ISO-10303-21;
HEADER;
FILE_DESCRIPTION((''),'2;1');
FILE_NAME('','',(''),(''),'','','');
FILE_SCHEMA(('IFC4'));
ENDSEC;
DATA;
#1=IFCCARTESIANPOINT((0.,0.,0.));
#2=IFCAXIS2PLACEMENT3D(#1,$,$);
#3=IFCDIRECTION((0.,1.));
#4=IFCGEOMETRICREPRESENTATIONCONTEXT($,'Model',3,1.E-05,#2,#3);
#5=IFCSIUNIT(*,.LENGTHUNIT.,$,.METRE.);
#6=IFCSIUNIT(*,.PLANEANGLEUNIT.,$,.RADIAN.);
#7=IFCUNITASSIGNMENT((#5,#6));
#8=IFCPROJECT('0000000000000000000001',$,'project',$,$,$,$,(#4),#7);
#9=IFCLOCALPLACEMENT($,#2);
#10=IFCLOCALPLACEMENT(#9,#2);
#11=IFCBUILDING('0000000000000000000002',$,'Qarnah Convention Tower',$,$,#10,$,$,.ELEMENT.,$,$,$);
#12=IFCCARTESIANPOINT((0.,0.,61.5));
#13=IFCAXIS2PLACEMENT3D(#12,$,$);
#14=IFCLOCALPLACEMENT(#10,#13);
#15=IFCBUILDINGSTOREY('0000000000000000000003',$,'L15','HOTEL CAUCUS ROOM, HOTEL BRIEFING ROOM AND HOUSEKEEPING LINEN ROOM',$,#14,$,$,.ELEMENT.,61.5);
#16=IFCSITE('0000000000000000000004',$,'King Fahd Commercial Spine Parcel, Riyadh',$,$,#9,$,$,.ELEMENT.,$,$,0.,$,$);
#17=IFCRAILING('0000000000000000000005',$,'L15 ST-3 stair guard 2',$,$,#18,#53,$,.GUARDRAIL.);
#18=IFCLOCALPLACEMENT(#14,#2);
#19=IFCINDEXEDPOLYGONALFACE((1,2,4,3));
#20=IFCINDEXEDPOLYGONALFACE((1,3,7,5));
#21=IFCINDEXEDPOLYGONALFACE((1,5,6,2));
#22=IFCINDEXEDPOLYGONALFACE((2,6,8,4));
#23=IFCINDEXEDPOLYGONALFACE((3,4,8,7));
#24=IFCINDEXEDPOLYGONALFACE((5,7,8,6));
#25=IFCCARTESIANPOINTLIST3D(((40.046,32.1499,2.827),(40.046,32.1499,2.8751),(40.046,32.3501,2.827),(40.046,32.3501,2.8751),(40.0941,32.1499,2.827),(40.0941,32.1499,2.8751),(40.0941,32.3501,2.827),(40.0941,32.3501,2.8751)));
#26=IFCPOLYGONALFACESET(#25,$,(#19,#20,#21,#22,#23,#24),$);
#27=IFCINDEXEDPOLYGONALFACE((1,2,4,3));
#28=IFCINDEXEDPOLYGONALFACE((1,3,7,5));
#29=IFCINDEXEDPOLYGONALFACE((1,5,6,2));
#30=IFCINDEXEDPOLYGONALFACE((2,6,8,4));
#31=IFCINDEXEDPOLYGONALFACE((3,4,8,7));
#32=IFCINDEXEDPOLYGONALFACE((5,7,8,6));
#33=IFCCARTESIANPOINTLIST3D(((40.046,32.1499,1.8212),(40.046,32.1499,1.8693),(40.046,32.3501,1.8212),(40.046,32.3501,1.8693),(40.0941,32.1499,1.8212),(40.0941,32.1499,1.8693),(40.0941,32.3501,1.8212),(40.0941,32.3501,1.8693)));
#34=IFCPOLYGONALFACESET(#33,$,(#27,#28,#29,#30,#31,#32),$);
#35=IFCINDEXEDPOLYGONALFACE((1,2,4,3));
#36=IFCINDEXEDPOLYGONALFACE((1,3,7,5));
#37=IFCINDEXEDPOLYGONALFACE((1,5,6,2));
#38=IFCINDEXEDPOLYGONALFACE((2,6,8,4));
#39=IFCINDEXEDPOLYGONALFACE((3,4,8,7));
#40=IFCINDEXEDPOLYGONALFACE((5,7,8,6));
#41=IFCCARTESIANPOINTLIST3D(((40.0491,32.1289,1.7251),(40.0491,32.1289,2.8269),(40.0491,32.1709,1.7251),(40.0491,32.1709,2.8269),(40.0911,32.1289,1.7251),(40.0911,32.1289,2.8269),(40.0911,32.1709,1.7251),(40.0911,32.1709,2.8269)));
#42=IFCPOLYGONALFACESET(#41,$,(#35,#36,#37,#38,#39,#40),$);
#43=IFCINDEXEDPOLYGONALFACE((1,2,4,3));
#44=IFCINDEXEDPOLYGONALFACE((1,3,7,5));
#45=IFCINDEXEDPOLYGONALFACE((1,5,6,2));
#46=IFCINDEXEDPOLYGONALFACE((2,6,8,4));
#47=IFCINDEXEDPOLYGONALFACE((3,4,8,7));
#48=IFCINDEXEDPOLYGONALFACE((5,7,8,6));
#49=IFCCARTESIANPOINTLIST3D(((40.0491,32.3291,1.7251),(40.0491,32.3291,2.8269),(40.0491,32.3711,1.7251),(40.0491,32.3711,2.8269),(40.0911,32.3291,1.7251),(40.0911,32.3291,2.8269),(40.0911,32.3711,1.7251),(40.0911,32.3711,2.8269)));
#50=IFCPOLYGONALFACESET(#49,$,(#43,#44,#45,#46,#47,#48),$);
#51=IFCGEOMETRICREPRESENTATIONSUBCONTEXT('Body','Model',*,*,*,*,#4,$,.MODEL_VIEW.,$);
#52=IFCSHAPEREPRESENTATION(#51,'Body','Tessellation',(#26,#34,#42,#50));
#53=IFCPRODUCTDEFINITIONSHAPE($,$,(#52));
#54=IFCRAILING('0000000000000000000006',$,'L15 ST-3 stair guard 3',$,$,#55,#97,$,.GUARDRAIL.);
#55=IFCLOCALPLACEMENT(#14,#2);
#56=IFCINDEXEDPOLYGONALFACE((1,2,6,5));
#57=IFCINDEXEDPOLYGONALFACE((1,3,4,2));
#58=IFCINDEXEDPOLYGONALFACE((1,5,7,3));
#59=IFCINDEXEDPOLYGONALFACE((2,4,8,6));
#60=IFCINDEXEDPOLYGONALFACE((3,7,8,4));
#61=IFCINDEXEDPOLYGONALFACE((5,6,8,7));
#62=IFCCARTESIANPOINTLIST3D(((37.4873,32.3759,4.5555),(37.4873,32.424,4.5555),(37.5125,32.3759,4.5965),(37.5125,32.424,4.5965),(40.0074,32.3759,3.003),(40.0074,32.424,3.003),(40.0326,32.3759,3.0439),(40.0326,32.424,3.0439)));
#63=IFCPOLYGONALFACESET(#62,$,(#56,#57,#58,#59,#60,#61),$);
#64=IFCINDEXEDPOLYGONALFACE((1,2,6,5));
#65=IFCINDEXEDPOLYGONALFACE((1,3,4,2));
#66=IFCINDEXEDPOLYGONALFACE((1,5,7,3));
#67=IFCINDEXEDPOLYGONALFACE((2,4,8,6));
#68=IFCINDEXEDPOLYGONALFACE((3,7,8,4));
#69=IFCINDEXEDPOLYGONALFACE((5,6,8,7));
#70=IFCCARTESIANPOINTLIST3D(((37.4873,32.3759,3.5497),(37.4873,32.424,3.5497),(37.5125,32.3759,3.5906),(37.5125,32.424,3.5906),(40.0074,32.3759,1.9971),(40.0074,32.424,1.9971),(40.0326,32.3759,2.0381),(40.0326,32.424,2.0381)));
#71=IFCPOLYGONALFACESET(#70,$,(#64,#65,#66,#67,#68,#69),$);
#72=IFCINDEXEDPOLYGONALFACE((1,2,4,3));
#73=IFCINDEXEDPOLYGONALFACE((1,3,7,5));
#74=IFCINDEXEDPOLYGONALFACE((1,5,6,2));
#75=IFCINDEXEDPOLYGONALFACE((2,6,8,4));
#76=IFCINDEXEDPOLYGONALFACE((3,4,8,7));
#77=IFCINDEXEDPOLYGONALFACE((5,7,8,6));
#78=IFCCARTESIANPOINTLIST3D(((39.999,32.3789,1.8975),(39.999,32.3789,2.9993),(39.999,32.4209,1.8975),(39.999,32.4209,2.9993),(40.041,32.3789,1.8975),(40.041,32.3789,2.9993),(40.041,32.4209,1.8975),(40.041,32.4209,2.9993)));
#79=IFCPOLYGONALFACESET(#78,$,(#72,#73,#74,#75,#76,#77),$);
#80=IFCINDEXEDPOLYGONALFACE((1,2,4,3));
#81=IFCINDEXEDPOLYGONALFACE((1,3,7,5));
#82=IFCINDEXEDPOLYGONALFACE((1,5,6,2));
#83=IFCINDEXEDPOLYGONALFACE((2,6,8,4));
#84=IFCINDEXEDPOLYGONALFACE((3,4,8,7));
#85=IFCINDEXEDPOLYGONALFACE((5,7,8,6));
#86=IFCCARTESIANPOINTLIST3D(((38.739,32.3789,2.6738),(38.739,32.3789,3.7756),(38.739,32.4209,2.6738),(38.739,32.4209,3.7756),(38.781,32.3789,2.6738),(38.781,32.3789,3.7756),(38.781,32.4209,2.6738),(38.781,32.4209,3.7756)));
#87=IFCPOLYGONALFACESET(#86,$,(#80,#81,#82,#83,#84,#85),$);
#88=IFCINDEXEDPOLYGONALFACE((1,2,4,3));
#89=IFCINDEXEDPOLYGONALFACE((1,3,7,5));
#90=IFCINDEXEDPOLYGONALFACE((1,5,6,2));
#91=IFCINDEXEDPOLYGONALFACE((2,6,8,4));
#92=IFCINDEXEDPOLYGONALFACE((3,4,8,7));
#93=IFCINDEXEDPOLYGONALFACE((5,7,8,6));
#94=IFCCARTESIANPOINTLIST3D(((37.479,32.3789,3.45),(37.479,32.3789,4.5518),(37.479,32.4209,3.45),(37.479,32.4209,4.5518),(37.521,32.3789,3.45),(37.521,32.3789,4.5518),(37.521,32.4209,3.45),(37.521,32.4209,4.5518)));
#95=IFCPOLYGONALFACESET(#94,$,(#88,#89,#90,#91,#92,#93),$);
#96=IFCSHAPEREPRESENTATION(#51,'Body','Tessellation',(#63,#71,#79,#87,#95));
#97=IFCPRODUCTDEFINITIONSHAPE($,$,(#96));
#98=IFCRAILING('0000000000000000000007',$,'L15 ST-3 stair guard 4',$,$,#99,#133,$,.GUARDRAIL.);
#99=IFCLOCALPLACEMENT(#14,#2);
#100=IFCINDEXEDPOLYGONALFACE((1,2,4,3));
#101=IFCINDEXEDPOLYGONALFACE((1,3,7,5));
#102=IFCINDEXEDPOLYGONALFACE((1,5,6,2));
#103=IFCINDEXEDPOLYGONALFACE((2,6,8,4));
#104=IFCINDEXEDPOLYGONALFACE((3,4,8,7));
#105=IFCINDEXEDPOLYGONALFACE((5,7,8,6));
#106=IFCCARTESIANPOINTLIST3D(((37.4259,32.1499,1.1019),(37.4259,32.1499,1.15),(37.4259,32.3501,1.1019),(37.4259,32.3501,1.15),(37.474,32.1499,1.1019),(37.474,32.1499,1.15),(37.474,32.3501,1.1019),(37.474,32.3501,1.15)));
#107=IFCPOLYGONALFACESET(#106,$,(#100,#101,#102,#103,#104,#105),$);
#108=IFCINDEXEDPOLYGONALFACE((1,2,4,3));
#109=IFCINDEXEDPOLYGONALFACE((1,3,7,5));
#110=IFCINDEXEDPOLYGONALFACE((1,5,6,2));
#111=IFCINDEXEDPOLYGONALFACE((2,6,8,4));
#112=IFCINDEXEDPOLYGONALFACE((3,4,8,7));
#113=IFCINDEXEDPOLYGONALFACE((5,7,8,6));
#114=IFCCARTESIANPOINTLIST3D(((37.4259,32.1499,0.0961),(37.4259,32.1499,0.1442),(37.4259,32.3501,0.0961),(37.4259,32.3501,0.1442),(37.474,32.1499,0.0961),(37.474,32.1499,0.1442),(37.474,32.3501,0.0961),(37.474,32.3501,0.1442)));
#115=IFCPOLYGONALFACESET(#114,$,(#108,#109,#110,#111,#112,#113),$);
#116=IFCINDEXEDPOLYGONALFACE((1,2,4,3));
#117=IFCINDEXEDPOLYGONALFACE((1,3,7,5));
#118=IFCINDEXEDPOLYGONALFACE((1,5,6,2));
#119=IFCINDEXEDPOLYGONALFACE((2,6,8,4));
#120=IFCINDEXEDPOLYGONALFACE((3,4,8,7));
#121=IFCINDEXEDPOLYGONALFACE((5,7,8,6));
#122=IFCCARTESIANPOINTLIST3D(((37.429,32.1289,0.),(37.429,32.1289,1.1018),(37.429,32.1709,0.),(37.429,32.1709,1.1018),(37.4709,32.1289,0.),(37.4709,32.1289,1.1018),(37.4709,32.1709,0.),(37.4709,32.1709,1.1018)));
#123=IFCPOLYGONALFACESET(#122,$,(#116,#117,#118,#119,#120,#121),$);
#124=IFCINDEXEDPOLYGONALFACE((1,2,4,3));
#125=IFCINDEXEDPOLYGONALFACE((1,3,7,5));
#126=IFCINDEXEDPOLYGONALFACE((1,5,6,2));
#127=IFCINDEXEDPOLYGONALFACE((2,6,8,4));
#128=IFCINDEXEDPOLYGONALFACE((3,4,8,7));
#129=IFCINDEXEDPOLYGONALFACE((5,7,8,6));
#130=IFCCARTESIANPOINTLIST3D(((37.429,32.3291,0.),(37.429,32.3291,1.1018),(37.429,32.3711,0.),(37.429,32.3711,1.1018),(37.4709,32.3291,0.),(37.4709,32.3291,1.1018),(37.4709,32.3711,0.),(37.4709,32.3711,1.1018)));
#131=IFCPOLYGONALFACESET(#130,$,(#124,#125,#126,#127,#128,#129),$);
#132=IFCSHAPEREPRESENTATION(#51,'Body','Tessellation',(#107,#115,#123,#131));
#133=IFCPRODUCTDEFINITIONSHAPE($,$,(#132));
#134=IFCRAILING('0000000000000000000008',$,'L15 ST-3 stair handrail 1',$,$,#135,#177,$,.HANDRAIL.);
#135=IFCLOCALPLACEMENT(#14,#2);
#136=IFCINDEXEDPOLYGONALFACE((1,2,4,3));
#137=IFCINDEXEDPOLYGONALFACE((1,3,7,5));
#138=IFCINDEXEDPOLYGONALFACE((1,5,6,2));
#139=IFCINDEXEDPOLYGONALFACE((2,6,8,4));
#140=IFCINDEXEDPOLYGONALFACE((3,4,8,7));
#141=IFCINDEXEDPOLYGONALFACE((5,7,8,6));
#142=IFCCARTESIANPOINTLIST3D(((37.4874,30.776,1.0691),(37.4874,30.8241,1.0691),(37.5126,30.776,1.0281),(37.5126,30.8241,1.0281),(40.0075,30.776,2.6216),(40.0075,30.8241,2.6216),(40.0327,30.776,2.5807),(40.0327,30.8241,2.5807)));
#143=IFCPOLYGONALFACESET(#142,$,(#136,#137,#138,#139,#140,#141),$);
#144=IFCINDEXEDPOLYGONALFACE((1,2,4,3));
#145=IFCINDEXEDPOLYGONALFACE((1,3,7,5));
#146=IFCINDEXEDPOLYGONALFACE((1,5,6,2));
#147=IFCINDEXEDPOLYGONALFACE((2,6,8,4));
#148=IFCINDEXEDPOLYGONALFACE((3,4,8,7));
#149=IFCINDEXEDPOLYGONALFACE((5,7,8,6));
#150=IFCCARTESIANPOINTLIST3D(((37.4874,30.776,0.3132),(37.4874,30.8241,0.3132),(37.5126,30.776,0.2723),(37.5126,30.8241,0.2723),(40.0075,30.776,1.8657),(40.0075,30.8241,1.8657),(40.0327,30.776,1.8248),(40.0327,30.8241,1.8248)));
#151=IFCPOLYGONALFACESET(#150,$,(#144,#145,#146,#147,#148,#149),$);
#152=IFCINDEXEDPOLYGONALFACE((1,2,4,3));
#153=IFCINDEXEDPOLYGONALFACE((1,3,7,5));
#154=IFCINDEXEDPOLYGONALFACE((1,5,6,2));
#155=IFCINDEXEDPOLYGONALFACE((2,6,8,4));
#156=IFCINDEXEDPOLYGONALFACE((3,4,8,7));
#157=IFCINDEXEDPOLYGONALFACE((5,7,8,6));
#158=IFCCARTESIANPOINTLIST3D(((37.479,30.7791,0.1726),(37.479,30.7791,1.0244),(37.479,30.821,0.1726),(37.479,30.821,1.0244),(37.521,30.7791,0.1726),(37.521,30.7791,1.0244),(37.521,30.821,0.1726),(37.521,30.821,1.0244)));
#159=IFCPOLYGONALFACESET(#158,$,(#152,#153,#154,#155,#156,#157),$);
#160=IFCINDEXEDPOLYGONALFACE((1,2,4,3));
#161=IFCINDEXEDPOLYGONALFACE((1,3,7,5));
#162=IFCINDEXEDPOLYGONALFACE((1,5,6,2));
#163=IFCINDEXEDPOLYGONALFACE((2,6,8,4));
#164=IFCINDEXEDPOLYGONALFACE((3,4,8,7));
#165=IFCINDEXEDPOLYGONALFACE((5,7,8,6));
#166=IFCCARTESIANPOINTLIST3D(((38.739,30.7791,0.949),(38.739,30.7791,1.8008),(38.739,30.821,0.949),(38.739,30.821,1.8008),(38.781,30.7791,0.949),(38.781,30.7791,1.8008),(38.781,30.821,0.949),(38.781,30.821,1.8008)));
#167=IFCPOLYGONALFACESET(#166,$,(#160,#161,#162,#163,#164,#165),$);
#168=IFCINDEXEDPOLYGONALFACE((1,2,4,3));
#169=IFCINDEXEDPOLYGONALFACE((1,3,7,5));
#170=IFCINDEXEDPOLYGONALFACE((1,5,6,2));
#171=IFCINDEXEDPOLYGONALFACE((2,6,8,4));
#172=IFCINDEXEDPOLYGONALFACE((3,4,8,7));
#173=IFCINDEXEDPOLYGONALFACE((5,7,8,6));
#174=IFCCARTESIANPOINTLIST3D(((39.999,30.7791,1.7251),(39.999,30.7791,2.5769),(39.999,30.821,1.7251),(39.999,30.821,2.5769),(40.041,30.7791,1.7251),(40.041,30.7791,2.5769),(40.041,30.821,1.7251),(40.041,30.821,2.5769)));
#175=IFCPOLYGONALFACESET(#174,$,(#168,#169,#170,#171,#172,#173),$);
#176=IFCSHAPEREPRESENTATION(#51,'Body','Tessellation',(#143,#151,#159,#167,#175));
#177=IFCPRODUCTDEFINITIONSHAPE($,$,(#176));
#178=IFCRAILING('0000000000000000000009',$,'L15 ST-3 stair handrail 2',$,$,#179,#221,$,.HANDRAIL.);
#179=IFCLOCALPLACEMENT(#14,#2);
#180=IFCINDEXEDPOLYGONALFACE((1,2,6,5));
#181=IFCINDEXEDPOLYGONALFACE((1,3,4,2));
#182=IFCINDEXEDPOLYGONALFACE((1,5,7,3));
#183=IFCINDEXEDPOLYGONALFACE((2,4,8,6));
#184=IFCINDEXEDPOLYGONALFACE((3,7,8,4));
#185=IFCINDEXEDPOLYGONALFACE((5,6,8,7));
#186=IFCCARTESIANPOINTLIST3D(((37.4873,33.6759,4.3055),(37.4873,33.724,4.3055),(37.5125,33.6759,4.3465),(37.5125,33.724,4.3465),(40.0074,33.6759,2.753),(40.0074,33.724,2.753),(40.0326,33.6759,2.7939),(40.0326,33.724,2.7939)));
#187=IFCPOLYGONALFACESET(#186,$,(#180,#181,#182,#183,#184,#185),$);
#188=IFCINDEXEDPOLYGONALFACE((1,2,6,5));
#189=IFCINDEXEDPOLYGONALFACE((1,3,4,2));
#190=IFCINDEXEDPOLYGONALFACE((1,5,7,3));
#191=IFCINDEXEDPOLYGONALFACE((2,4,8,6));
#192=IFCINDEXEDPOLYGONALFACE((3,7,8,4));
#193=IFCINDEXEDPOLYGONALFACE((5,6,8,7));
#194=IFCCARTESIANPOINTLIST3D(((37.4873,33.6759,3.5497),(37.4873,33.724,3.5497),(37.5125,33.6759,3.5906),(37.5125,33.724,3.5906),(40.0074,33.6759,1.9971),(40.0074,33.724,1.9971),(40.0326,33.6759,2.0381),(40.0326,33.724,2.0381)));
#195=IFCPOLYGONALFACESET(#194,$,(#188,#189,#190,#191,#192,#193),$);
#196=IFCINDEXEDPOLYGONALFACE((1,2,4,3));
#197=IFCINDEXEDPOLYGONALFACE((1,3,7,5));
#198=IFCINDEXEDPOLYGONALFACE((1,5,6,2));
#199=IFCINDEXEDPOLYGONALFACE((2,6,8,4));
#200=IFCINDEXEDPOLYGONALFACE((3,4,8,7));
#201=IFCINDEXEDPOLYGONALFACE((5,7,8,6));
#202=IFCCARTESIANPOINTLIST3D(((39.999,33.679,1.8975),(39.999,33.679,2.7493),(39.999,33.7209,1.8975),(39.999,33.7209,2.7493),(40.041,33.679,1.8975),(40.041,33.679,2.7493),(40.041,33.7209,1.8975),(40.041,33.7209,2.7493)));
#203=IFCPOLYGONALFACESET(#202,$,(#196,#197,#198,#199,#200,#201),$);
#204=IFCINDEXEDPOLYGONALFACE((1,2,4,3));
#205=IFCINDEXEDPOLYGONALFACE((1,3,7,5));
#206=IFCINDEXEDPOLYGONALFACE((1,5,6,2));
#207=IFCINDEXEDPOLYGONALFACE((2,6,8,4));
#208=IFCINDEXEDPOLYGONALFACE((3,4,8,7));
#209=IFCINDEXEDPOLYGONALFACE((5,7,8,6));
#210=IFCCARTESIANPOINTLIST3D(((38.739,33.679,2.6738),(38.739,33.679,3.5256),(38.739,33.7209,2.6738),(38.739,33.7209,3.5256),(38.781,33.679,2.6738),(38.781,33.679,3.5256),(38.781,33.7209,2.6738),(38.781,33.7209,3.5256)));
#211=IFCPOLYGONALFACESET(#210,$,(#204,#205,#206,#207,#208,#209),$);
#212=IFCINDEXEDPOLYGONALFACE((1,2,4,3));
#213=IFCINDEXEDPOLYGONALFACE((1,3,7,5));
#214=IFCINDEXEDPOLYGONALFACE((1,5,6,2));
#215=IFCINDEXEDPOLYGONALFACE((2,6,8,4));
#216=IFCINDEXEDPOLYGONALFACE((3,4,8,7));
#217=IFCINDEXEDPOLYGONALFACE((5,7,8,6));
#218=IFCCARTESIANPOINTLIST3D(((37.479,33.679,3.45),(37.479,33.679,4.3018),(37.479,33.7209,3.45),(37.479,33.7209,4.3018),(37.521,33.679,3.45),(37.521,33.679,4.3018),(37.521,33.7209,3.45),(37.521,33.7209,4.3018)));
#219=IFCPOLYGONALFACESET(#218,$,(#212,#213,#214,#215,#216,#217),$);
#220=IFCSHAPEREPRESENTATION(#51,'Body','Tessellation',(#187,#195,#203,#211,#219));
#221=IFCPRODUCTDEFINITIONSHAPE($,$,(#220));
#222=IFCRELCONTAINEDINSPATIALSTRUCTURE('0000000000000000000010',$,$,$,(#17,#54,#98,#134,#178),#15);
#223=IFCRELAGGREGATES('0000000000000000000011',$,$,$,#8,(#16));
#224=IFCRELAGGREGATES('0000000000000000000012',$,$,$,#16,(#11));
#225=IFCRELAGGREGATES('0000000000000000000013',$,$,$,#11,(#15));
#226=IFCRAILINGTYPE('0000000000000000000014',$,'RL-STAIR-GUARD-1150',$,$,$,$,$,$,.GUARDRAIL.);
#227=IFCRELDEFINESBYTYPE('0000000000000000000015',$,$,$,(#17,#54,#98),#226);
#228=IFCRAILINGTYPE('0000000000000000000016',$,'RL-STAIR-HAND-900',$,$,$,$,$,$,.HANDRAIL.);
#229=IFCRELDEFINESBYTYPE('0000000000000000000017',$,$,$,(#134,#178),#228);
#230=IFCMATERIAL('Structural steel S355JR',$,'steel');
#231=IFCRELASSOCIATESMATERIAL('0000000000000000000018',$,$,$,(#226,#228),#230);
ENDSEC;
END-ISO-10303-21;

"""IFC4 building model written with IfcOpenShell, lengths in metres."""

from ifc_helpers import new_model, si_unit, direction, frame, origin, origin_2d, place, context, subcontext, project, spatial, rectangle, extrude, material, type_object, element, save


model = new_model("IFC4")

# Units and contexts
model_context = context("Model", 3, precision=1e-05, world=origin(), true_north=direction((0.0, 1.0)))
body_context = subcontext(model_context, "Body", "Model", "MODEL_VIEW")
ifc_project = project(units=[si_unit("LENGTHUNIT", "METRE"), si_unit("PLANEANGLEUNIT", "RADIAN")], contexts=[model_context])

# Site, building, storey
site_placement = place(None, origin())
site = spatial("IfcSite", under=ifc_project, at=site_placement, Name="King Fahd Commercial Spine Parcel, Riyadh", CompositionType="ELEMENT", RefElevation=0.0)
building_placement = place(site_placement, origin())
building = spatial("IfcBuilding", under=site, at=building_placement, Name="Qarnah Convention Tower", CompositionType="ELEMENT")
storey_placement = place(building_placement, frame((0.0, 0.0, 61.5)))
storey = spatial("IfcBuildingStorey", under=building, at=storey_placement, Name="L15", Description="HOTEL CAUCUS ROOM, HOTEL BRIEFING ROOM AND HOUSEKEEPING LINEN ROOM", CompositionType="ELEMENT", Elevation=61.5)

# Shared definitions
ifc_material_1 = material(Name="Structural steel S355JR", Category="steel")

# Railings
railing_type_1 = type_object("IfcRailingType", Name="RL-STAIR-GUARD-1150", PredefinedType="GUARDRAIL", material=ifc_material_1)
railing_1_placement = place(storey_placement, frame((40.0701, 32.1499, 1.7251)))
element("IfcRailing", 1, at=railing_1_placement, inside=storey, type_object=railing_type_1, Name="L15 ST-3 stair guard 2", PredefinedType="GUARDRAIL", context=body_context, shape_type="SweptSolid", body=[
    extrude(rectangle(XDim=0.0481, YDim=0.0481, at=origin_2d()), frame((0.0, 0.0, 1.126), z_axis=(0.0, 1.0, 0.0), x_axis=(-1.0, 0.0, 0.0)), (0.0, 0.0, 1.0), 0.2002),
    extrude(rectangle(XDim=0.0481, YDim=0.0481, at=origin_2d()), frame((0.0, 0.0, 0.1201), z_axis=(0.0, 1.0, 0.0), x_axis=(-1.0, 0.0, 0.0)), (0.0, 0.0, 1.0), 0.2002),
    extrude(rectangle(XDim=0.042, YDim=0.042, at=origin_2d()), origin(), (0.0, 0.0, 1.0), 1.1018),
    extrude(rectangle(XDim=0.042, YDim=0.042, at=origin_2d()), frame((0.0, 0.2002, 0.0)), (0.0, 0.0, 1.0), 1.1018),
])
railing_2_placement = place(storey_placement, frame((40.02, 32.3999, 1.8975)))
element("IfcRailing", 2, at=railing_2_placement, inside=storey, type_object=railing_type_1, Name="L15 ST-3 stair guard 3", PredefinedType="GUARDRAIL", context=body_context, shape_type="SweptSolid", body=[
    extrude(rectangle(XDim=0.0481, YDim=0.0481, at=origin_2d()), frame((0.0, 0.0, 1.126), z_axis=(-0.8514, 0.0, 0.524516), x_axis=(0.0, -1.0, 0.0)), (0.0, 0.0, 1.0), 2.96),
    extrude(rectangle(XDim=0.0481, YDim=0.0481, at=origin_2d()), frame((0.0, 0.0, 0.1201), z_axis=(-0.8514, 0.0, 0.524516), x_axis=(0.0, -1.0, 0.0)), (0.0, 0.0, 1.0), 2.96),
    extrude(rectangle(XDim=0.042, YDim=0.042, at=origin_2d()), origin(), (0.0, 0.0, 1.0), 1.1018),
    extrude(rectangle(XDim=0.042, YDim=0.042, at=origin_2d()), frame((-1.26, 0.0, 0.7764)), (0.0, 0.0, 1.0), 1.1018),
    extrude(rectangle(XDim=0.042, YDim=0.042, at=origin_2d()), frame((-2.52, 0.0, 1.5525)), (0.0, 0.0, 1.0), 1.1018),
])
railing_3_placement = place(storey_placement, frame((37.45, 32.1499, 0.0)))
element("IfcRailing", 3, at=railing_3_placement, inside=storey, type_object=railing_type_1, Name="L15 ST-3 stair guard 4", PredefinedType="GUARDRAIL", context=body_context, shape_type="SweptSolid", body=[
    extrude(rectangle(XDim=0.0481, YDim=0.0481, at=origin_2d()), frame((0.0, 0.0, 1.126), z_axis=(0.0, 1.0, 0.0), x_axis=(-1.0, 0.0, 0.0)), (0.0, 0.0, 1.0), 0.2002),
    extrude(rectangle(XDim=0.0481, YDim=0.0481, at=origin_2d()), frame((0.0, 0.0, 0.1201), z_axis=(0.0, 1.0, 0.0), x_axis=(-1.0, 0.0, 0.0)), (0.0, 0.0, 1.0), 0.2002),
    extrude(rectangle(XDim=0.042, YDim=0.042, at=origin_2d()), origin(), (0.0, 0.0, 1.0), 1.1018),
    extrude(rectangle(XDim=0.042, YDim=0.042, at=origin_2d()), frame((0.0, 0.2002, 0.0)), (0.0, 0.0, 1.0), 1.1018),
])
railing_type_2 = type_object("IfcRailingType", Name="RL-STAIR-HAND-900", PredefinedType="HANDRAIL", material=ifc_material_1)
railing_4_placement = place(storey_placement, frame((37.5, 30.8, 0.1726)))
element("IfcRailing", 4, at=railing_4_placement, inside=storey, type_object=railing_type_2, Name="L15 ST-3 stair handrail 1", PredefinedType="HANDRAIL", context=body_context, shape_type="SweptSolid", body=[
    extrude(rectangle(XDim=0.0481, YDim=0.0481, at=origin_2d()), frame((0.0, 0.0, 0.876), z_axis=(0.8514, 0.0, 0.524516), x_axis=(0.0, 1.0, 0.0)), (0.0, 0.0, 1.0), 2.96),
    extrude(rectangle(XDim=0.0481, YDim=0.0481, at=origin_2d()), frame((0.0, 0.0, 0.1201), z_axis=(0.8514, 0.0, 0.524516), x_axis=(0.0, 1.0, 0.0)), (0.0, 0.0, 1.0), 2.96),
    extrude(rectangle(XDim=0.042, YDim=0.042, at=origin_2d()), origin(), (0.0, 0.0, 1.0), 0.8518),
    extrude(rectangle(XDim=0.042, YDim=0.042, at=origin_2d()), frame((1.26, 0.0, 0.7764)), (0.0, 0.0, 1.0), 0.8518),
    extrude(rectangle(XDim=0.042, YDim=0.042, at=origin_2d()), frame((2.52, 0.0, 1.5525)), (0.0, 0.0, 1.0), 0.8518),
])
railing_5_placement = place(storey_placement, frame((40.02, 33.7, 1.8975)))
element("IfcRailing", 5, at=railing_5_placement, inside=storey, type_object=railing_type_2, Name="L15 ST-3 stair handrail 2", PredefinedType="HANDRAIL", context=body_context, shape_type="SweptSolid", body=[
    extrude(rectangle(XDim=0.0481, YDim=0.0481, at=origin_2d()), frame((0.0, 0.0, 0.876), z_axis=(-0.8514, 0.0, 0.524516), x_axis=(0.0, -1.0, 0.0)), (0.0, 0.0, 1.0), 2.96),
    extrude(rectangle(XDim=0.0481, YDim=0.0481, at=origin_2d()), frame((0.0, 0.0, 0.1201), z_axis=(-0.8514, 0.0, 0.524516), x_axis=(0.0, -1.0, 0.0)), (0.0, 0.0, 1.0), 2.96),
    extrude(rectangle(XDim=0.042, YDim=0.042, at=origin_2d()), origin(), (0.0, 0.0, 1.0), 0.8518),
    extrude(rectangle(XDim=0.042, YDim=0.042, at=origin_2d()), frame((-1.26, 0.0, 0.7764)), (0.0, 0.0, 1.0), 0.8518),
    extrude(rectangle(XDim=0.042, YDim=0.042, at=origin_2d()), frame((-2.52, 0.0, 1.5525)), (0.0, 0.0, 1.0), 0.8518),
])

save(model, "model.ifc")
